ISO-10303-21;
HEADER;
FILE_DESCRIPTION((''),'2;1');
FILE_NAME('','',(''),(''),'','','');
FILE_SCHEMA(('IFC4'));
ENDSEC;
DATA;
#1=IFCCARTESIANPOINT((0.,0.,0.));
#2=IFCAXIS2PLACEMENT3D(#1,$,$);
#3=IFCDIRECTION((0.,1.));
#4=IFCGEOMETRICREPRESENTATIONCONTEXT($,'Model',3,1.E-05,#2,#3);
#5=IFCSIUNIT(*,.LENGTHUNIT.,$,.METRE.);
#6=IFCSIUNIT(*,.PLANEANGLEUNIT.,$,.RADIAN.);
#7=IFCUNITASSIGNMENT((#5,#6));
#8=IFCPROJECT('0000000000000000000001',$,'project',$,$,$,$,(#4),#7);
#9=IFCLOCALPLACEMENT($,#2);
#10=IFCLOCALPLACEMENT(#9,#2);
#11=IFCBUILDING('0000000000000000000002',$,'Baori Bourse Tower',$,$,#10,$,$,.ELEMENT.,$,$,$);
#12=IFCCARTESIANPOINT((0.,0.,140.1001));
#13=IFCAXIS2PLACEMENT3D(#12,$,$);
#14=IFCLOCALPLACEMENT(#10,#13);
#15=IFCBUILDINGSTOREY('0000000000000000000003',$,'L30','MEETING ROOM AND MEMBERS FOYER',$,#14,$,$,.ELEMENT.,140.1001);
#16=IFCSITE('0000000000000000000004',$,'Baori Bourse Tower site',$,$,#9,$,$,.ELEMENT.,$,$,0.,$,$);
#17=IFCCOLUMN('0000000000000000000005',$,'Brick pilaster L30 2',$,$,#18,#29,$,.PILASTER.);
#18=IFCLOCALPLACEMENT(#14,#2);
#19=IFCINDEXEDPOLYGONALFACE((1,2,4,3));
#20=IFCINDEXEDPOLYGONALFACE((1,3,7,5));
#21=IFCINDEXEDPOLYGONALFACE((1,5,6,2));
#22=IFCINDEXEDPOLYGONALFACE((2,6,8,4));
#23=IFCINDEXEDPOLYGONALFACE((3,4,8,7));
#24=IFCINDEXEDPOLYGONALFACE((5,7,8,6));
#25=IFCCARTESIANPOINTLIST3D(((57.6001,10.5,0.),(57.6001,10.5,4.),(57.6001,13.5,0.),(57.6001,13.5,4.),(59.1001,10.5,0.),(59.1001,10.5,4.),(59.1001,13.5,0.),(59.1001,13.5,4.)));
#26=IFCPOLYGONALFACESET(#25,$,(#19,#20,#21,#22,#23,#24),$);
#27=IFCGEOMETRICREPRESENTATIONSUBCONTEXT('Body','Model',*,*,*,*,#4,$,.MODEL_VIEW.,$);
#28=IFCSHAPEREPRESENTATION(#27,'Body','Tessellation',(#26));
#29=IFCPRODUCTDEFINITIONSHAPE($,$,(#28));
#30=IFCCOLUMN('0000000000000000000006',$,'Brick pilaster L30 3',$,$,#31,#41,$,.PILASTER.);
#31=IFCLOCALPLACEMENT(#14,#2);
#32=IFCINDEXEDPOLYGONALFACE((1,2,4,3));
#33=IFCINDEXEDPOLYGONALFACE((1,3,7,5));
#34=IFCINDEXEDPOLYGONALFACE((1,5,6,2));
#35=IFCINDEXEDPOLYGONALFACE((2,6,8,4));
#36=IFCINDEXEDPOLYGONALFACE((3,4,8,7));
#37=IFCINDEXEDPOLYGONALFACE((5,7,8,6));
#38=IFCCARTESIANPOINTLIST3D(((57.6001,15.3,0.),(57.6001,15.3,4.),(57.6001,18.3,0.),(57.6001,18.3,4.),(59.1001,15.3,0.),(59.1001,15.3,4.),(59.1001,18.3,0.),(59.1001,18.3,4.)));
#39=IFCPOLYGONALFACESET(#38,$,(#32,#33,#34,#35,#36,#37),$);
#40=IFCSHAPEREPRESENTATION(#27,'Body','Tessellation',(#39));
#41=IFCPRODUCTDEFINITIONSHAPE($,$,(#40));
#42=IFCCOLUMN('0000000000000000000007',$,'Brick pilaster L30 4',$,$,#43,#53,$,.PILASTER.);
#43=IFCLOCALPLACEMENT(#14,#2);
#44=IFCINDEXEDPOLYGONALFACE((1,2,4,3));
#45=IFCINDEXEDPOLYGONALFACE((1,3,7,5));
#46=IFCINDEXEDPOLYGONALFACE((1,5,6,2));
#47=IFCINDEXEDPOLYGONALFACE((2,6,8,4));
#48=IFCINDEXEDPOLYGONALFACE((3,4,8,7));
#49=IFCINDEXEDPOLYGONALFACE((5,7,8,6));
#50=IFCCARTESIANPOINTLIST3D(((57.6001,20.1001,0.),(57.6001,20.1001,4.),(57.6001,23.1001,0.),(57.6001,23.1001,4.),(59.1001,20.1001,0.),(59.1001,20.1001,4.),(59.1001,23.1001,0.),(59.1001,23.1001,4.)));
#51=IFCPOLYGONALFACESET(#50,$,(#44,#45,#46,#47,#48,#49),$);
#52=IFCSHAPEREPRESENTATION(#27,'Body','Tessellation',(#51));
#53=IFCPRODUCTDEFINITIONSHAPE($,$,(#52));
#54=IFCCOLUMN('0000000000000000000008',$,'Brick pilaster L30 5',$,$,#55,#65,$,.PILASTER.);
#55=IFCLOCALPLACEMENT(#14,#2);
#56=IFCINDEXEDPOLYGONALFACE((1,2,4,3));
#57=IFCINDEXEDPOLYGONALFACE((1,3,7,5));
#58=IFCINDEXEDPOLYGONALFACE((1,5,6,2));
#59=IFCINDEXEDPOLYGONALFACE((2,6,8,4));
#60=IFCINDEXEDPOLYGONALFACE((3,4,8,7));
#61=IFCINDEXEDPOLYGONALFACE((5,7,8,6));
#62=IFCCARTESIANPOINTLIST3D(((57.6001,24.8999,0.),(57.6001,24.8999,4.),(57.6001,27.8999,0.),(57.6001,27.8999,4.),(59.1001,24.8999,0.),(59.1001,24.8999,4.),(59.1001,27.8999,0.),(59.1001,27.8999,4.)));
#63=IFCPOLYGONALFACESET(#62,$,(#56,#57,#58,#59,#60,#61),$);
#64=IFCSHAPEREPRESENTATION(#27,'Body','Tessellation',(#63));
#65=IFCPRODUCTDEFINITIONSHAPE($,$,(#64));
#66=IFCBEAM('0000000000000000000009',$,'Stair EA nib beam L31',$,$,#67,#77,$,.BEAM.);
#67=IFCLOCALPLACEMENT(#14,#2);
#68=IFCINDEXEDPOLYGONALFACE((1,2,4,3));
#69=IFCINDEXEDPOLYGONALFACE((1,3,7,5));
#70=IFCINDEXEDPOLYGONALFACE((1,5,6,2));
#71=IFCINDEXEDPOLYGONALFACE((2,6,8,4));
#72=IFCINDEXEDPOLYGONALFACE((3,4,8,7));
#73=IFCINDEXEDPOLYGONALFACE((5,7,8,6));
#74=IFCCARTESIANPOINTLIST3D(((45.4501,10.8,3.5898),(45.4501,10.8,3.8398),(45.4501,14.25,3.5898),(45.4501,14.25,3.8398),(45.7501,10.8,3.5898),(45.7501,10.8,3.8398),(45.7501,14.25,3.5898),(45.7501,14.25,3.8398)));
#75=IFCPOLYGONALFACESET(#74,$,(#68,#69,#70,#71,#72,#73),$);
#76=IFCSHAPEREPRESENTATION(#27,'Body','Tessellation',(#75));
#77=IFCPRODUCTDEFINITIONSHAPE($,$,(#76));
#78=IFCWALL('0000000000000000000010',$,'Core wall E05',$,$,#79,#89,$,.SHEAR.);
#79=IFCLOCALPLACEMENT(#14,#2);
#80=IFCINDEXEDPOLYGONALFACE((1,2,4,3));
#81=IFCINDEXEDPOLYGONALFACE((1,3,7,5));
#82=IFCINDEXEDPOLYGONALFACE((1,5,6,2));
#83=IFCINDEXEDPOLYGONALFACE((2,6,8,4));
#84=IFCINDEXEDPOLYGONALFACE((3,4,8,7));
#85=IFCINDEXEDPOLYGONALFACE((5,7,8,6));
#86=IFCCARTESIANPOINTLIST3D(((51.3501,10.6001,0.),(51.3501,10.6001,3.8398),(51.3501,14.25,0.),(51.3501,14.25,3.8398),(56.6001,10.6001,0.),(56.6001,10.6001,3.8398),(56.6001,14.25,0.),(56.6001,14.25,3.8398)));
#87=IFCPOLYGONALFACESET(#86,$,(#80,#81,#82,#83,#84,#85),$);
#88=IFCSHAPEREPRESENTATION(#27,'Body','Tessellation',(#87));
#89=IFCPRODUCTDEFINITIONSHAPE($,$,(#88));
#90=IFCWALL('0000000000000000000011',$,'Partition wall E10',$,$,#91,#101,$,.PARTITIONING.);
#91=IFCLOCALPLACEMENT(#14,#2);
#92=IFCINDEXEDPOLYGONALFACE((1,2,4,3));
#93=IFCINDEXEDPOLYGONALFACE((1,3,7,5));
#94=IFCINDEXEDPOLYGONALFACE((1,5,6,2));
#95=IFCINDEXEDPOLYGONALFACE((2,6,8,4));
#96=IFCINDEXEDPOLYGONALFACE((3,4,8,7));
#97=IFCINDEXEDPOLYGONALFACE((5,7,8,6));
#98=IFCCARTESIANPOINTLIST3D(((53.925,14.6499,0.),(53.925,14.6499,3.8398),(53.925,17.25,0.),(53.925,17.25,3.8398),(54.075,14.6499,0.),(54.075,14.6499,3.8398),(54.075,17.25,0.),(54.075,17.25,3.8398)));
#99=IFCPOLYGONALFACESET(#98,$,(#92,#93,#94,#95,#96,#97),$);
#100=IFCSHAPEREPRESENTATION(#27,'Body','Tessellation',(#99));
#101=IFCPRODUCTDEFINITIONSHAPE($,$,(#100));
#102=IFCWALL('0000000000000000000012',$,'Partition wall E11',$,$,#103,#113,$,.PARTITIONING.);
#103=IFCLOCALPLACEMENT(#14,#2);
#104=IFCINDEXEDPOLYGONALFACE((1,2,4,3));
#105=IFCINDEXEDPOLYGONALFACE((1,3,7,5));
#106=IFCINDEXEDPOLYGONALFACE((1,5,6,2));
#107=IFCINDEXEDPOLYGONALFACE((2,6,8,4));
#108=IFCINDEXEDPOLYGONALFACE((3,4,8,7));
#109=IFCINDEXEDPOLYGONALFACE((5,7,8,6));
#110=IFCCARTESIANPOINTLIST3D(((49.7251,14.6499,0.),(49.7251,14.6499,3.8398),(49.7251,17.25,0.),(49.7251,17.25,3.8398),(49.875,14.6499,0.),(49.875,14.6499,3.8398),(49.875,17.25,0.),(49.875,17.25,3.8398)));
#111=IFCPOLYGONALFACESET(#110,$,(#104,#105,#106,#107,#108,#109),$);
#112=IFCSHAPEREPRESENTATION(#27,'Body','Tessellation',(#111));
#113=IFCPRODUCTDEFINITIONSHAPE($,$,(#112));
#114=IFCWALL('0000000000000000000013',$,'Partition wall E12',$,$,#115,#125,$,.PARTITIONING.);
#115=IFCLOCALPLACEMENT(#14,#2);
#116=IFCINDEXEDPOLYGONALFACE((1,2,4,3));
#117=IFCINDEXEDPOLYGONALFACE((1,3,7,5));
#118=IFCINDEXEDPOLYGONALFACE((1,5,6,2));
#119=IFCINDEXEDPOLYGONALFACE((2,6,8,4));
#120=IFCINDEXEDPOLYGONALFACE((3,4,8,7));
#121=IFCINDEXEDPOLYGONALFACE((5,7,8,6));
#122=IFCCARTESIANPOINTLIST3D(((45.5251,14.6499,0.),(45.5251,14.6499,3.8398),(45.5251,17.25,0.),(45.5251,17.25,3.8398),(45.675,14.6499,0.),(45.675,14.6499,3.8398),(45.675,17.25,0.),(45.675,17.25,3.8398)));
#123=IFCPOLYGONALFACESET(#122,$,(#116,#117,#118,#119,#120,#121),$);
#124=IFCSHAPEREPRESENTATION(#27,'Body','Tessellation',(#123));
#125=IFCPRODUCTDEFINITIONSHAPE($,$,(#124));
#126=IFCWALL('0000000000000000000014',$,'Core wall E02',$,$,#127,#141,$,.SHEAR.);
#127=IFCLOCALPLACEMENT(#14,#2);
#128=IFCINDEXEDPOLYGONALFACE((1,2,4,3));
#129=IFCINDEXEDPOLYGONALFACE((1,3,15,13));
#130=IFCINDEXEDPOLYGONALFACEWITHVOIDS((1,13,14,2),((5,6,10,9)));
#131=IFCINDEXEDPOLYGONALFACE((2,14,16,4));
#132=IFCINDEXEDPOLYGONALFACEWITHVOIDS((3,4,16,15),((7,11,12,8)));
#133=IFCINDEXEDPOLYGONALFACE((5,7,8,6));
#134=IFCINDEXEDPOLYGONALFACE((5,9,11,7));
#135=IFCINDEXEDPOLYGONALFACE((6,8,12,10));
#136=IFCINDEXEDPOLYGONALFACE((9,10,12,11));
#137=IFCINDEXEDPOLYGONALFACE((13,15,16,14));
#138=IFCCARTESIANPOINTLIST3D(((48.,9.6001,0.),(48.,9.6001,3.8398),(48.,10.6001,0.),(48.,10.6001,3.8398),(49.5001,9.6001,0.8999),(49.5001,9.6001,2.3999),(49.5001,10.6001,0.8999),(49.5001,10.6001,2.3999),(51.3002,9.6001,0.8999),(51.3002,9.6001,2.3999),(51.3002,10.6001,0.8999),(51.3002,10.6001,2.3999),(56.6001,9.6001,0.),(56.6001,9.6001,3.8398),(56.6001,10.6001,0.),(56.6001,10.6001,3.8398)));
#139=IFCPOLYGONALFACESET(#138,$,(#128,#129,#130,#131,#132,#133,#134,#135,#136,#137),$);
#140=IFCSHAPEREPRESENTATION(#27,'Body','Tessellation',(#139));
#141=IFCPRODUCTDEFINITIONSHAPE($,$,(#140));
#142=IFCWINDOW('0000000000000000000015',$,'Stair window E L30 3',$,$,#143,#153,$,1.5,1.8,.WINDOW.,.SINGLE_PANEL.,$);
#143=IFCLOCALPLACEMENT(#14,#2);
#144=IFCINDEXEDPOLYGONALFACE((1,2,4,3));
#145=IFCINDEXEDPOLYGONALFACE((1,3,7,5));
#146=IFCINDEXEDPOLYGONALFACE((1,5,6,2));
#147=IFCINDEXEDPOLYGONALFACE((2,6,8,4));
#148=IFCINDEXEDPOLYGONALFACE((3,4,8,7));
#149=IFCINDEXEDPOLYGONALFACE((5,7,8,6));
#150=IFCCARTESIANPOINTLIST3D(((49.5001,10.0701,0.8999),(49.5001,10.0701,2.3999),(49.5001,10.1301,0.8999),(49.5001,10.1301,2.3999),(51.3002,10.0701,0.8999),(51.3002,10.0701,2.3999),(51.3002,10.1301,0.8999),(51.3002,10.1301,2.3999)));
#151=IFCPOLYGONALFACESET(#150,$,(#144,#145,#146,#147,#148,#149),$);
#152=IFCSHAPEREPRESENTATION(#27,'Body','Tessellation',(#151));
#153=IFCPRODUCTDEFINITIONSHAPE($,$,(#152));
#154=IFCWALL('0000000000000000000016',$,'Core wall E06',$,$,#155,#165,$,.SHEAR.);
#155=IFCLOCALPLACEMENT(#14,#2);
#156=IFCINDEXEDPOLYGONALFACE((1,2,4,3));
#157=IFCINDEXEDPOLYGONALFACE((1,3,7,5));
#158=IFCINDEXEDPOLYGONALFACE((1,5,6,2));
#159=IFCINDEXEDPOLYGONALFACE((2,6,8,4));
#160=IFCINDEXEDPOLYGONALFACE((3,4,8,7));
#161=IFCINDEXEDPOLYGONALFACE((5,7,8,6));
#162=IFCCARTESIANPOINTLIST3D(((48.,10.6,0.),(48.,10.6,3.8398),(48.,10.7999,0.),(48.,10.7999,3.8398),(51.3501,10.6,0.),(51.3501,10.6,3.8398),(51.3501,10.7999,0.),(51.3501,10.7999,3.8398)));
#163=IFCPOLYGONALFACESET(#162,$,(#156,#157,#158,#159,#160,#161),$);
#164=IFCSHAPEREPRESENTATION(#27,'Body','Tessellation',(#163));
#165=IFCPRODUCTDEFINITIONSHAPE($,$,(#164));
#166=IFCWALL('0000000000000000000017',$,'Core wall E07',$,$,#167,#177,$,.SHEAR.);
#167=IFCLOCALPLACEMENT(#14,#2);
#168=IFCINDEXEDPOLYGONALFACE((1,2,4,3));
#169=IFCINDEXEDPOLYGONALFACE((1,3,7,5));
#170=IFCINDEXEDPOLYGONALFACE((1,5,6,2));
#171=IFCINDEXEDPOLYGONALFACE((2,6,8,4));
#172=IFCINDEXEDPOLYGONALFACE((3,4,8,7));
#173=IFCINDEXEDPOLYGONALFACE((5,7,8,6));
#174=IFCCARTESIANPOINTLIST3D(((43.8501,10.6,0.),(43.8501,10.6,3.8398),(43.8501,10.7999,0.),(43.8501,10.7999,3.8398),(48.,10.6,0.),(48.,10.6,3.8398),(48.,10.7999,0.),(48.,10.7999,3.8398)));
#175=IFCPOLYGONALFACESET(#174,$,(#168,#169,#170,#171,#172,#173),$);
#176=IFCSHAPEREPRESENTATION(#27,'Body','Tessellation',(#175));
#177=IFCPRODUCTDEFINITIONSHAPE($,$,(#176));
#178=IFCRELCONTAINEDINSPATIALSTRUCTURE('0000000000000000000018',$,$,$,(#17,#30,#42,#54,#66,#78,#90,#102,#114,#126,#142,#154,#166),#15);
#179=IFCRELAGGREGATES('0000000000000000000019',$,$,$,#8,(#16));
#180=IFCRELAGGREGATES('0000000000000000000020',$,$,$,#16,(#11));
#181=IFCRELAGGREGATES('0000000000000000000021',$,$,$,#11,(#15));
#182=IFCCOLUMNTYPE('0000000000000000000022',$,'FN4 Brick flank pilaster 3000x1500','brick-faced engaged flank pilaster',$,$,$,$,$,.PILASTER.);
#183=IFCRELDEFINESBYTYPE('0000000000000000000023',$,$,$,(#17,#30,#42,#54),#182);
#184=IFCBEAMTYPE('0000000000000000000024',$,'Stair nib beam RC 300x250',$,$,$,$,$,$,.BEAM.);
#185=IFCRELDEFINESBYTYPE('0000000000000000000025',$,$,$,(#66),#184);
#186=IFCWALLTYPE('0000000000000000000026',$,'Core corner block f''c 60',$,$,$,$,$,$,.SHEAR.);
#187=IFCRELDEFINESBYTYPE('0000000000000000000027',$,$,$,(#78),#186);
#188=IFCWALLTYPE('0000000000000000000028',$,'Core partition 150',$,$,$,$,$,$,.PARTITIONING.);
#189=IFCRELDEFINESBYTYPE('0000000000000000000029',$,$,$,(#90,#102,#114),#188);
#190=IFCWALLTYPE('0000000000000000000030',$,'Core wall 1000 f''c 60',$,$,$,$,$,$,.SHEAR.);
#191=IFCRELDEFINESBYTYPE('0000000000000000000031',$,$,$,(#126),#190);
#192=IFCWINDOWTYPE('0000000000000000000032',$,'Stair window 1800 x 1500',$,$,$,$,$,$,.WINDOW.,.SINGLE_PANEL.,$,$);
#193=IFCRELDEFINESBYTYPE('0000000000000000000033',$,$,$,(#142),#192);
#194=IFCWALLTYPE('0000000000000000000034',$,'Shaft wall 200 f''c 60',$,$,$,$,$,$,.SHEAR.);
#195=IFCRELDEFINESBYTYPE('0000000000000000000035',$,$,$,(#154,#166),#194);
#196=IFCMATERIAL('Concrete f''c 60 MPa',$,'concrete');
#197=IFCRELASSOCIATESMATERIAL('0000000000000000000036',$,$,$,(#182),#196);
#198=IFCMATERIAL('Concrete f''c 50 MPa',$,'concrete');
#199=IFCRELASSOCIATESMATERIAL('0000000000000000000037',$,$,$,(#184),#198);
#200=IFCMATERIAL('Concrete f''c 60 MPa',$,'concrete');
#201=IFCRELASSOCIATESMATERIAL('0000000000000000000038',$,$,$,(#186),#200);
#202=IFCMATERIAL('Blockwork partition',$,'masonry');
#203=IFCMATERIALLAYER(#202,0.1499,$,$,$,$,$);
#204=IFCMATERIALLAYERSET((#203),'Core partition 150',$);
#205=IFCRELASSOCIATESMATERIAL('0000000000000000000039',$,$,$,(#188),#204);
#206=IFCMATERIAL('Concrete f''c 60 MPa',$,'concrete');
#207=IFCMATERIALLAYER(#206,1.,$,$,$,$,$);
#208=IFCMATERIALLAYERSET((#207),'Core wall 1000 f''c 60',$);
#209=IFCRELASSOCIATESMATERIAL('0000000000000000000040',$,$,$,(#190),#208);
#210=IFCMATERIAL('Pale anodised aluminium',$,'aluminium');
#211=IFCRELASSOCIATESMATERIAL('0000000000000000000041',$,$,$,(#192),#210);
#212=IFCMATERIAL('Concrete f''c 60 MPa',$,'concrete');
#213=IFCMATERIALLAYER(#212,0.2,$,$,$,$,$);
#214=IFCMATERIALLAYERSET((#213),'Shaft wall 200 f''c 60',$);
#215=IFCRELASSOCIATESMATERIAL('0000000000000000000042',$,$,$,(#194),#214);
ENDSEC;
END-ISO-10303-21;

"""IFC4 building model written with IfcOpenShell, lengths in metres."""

from ifc_helpers import new_model, si_unit, direction, frame, frame_2d, origin, origin_2d, place, context, subcontext, project, spatial, rectangle, extrude, material, layer, layer_set, material_profile, profile_set, type_object, element, fill, save


model = new_model("IFC4")

# Units and contexts
model_context = context("Model", 3, precision=1e-05, world=origin(), true_north=direction((0.0, 1.0)))
body_context = subcontext(model_context, "Body", "Model", "MODEL_VIEW")
ifc_project = project(units=[si_unit("LENGTHUNIT", "METRE"), si_unit("PLANEANGLEUNIT", "RADIAN")], contexts=[model_context])

# Site, building, storey
site_placement = place(None, origin())
site = spatial("IfcSite", under=ifc_project, at=site_placement, Name="Baori Bourse Tower site", CompositionType="ELEMENT", RefElevation=0.0)
building_placement = place(site_placement, origin())
building = spatial("IfcBuilding", under=site, at=building_placement, Name="Baori Bourse Tower", CompositionType="ELEMENT")
storey_placement = place(building_placement, frame((0.0, 0.0, 140.1001)))
storey = spatial("IfcBuildingStorey", under=building, at=storey_placement, Name="L30", Description="MEETING ROOM AND MEMBERS FOYER", CompositionType="ELEMENT", Elevation=140.1001)

# Columns
ifc_material_1 = material(Name="Concrete f'c 60 MPa", Category="concrete")
ifc_material_profile_1 = material_profile(ifc_material_1, rectangle(XDim=3.0, YDim=1.5, at=origin_2d()), Name="RC 3000x1500")
ifc_profile_set_1 = profile_set([ifc_material_profile_1], Name="Concrete f'c 60 MPa")
column_type = type_object("IfcColumnType", Name="FN4 Brick flank pilaster 3000x1500", Description="brick-faced engaged flank pilaster", PredefinedType="PILASTER", material=ifc_profile_set_1)
for number, where, z_axis, x_axis, name in (
    (1, (58.3501, 12.0, 0.0), (0.0, 0.0, 1.0), (0.0, 1.0, 0.0), "Brick pilaster L30 2"),
    (2, (58.3501, 16.8, 0.0), (0.0, 0.0, 1.0), (0.0, 1.0, 0.0), "Brick pilaster L30 3"),
    (3, (58.3501, 21.6001, 0.0), (0.0, 0.0, 1.0), (0.0, 1.0, 0.0), "Brick pilaster L30 4"),
    (4, (58.3501, 26.3999, 0.0), (0.0, 0.0, 1.0), (0.0, 1.0, 0.0), "Brick pilaster L30 5"),
):
    element("IfcColumn", number, at=place(storey_placement, frame(where, z_axis=z_axis, x_axis=x_axis)), inside=storey, type_object=column_type, Name=name, PredefinedType="PILASTER", context=body_context, shape_type="SweptSolid", body=[
        extrude(rectangle(XDim=3.0, YDim=1.5, at=origin_2d()), origin(), (0.0, 0.0, 1.0), 4.0),
    ])

# Beam
ifc_material_2 = material(Name="Concrete f'c 50 MPa", Category="concrete")
ifc_material_profile_2 = material_profile(ifc_material_2, rectangle(XDim=0.3, YDim=0.25, at=origin_2d()), Name="RC 300x250")
ifc_profile_set_2 = profile_set([ifc_material_profile_2], Name="Concrete f'c 50 MPa")
beam_type = type_object("IfcBeamType", Name="Stair nib beam RC 300x250", PredefinedType="BEAM", material=ifc_profile_set_2)
beam_placement = place(storey_placement, frame((45.6001, 10.8, 3.7148), z_axis=(0.0, 1.0, 0.0), x_axis=(-1.0, 0.0, 0.0)))
element("IfcBeam", 5, at=beam_placement, inside=storey, type_object=beam_type, Name="Stair EA nib beam L31", PredefinedType="BEAM", context=body_context, shape_type="SweptSolid", body=[
    extrude(rectangle(XDim=0.3, YDim=0.25, at=origin_2d()), origin(), (0.0, 0.0, 1.0), 3.45),
])

# Walls
ifc_material_3 = material(Name="Concrete f'c 60 MPa", Category="concrete")
wall_type_1 = type_object("IfcWallType", Name="Core corner block f'c 60", PredefinedType="SHEAR", material=ifc_material_3)
wall_1_placement = place(storey_placement, frame((51.3501, 12.425, 0.0), z_axis=(0.0, 0.0, 1.0), x_axis=(1.0, 0.0, 0.0)))
element("IfcWall", 6, at=wall_1_placement, inside=storey, type_object=wall_type_1, Name="Core wall E05", PredefinedType="SHEAR", context=body_context, shape_type="SweptSolid", body=[
    extrude(rectangle(XDim=5.25, YDim=3.6499, at=frame_2d((2.625, 0.0))), origin(), (0.0, 0.0, 1.0), 3.8398),
])
ifc_material_4 = material(Name="Blockwork partition", Category="masonry")
ifc_layer_1 = layer(ifc_material_4, 0.1499)
ifc_layer_set_1 = layer_set([ifc_layer_1], Name="Core partition 150")
wall_type_2 = type_object("IfcWallType", Name="Core partition 150", PredefinedType="PARTITIONING", material=ifc_layer_set_1)
for number, where, z_axis, x_axis, name in (
    (7, (54.0, 14.6499, 0.0), (0.0, 0.0, 1.0), (0.0, 1.0, 0.0), "Partition wall E10"),
    (8, (49.8, 14.6499, 0.0), (0.0, 0.0, 1.0), (0.0, 1.0, 0.0), "Partition wall E11"),
    (9, (45.6001, 14.6499, 0.0), (0.0, 0.0, 1.0), (0.0, 1.0, 0.0), "Partition wall E12"),
):
    element("IfcWall", number, at=place(storey_placement, frame(where, z_axis=z_axis, x_axis=x_axis)), inside=storey, type_object=wall_type_2, Name=name, PredefinedType="PARTITIONING", context=body_context, shape_type="SweptSolid", body=[
        extrude(rectangle(XDim=2.6001, YDim=0.1499, at=frame_2d((1.3, 0.0))), origin(), (0.0, 0.0, 1.0), 3.8398),
    ])

# Wall, opening, window
ifc_material_5 = material(Name="Concrete f'c 60 MPa", Category="concrete")
ifc_layer_2 = layer(ifc_material_5, 1.0)
ifc_layer_set_2 = layer_set([ifc_layer_2], Name="Core wall 1000 f'c 60")
wall_type_3 = type_object("IfcWallType", Name="Core wall 1000 f'c 60", PredefinedType="SHEAR", material=ifc_layer_set_2)
wall_2_placement = place(storey_placement, frame((56.6001, 10.1001, 0.0), z_axis=(0.0, 0.0, 1.0), x_axis=(-1.0, 0.0, 0.0)))
wall_2 = element("IfcWall", 10, at=wall_2_placement, inside=storey, type_object=wall_type_3, Name="Core wall E02", PredefinedType="SHEAR", context=body_context, shape_type="SweptSolid", body=[
    extrude(rectangle(XDim=8.6001, YDim=1.0, at=frame_2d((4.3, 0.0))), origin(), (0.0, 0.0, 1.0), 3.8398),
])
opening_1_placement = place(wall_2_placement, frame((5.3, 0.0, 0.8999)))
opening_1 = element("IfcOpeningElement", 11, at=opening_1_placement, cuts=wall_2, PredefinedType="OPENING", context=body_context, shape_type="SweptSolid", body=[
    extrude(rectangle(XDim=1.8, YDim=1.5, at=frame_2d((0.8999, 0.75))), frame((0.0, 0.51, 0.0), z_axis=(0.0, -1.0, 0.0), x_axis=(1.0, 0.0, 0.0)), (0.0, 0.0, 1.0), 1.02),
])
ifc_material_6 = material(Name="Pale anodised aluminium", Category="aluminium")
window_type = type_object("IfcWindowType", Name="Stair window 1800 x 1500", PartitioningType="SINGLE_PANEL", PredefinedType="WINDOW", material=ifc_material_6)
window_placement = place(opening_1_placement, origin())
window = element("IfcWindow", 12, at=window_placement, inside=storey, type_object=window_type, Name="Stair window E L30 3", OverallHeight=1.5, OverallWidth=1.8, PartitioningType="SINGLE_PANEL", PredefinedType="WINDOW", context=body_context, shape_type="SweptSolid", body=[
    extrude(rectangle(XDim=1.8, YDim=1.5, at=frame_2d((0.8999, 0.75))), frame((0.0, 0.03, 0.0), z_axis=(0.0, -1.0, 0.0), x_axis=(1.0, 0.0, 0.0)), (0.0, 0.0, 1.0), 0.0601),
])
fill(opening_1, window)

# Walls
ifc_material_7 = material(Name="Concrete f'c 60 MPa", Category="concrete")
ifc_layer_3 = layer(ifc_material_7, 0.2)
ifc_layer_set_3 = layer_set([ifc_layer_3], Name="Shaft wall 200 f'c 60")
wall_type_4 = type_object("IfcWallType", Name="Shaft wall 200 f'c 60", PredefinedType="SHEAR", material=ifc_layer_set_3)
wall_3_placement = place(storey_placement, frame((48.0, 10.7, 0.0), z_axis=(0.0, 0.0, 1.0), x_axis=(1.0, 0.0, 0.0)))
element("IfcWall", 13, at=wall_3_placement, inside=storey, type_object=wall_type_4, Name="Core wall E06", PredefinedType="SHEAR", context=body_context, shape_type="SweptSolid", body=[
    extrude(rectangle(XDim=3.3501, YDim=0.2, at=frame_2d((1.675, 0.0))), origin(), (0.0, 0.0, 1.0), 3.8398),
])
wall_4_placement = place(storey_placement, frame((43.8501, 10.7, 0.0), z_axis=(0.0, 0.0, 1.0), x_axis=(1.0, 0.0, 0.0)))
element("IfcWall", 14, at=wall_4_placement, inside=storey, type_object=wall_type_4, Name="Core wall E07", PredefinedType="SHEAR", context=body_context, shape_type="SweptSolid", body=[
    extrude(rectangle(XDim=4.1499, YDim=0.2, at=frame_2d((2.075, 0.0))), origin(), (0.0, 0.0, 1.0), 3.8398),
])

save(model, "model.ifc")
